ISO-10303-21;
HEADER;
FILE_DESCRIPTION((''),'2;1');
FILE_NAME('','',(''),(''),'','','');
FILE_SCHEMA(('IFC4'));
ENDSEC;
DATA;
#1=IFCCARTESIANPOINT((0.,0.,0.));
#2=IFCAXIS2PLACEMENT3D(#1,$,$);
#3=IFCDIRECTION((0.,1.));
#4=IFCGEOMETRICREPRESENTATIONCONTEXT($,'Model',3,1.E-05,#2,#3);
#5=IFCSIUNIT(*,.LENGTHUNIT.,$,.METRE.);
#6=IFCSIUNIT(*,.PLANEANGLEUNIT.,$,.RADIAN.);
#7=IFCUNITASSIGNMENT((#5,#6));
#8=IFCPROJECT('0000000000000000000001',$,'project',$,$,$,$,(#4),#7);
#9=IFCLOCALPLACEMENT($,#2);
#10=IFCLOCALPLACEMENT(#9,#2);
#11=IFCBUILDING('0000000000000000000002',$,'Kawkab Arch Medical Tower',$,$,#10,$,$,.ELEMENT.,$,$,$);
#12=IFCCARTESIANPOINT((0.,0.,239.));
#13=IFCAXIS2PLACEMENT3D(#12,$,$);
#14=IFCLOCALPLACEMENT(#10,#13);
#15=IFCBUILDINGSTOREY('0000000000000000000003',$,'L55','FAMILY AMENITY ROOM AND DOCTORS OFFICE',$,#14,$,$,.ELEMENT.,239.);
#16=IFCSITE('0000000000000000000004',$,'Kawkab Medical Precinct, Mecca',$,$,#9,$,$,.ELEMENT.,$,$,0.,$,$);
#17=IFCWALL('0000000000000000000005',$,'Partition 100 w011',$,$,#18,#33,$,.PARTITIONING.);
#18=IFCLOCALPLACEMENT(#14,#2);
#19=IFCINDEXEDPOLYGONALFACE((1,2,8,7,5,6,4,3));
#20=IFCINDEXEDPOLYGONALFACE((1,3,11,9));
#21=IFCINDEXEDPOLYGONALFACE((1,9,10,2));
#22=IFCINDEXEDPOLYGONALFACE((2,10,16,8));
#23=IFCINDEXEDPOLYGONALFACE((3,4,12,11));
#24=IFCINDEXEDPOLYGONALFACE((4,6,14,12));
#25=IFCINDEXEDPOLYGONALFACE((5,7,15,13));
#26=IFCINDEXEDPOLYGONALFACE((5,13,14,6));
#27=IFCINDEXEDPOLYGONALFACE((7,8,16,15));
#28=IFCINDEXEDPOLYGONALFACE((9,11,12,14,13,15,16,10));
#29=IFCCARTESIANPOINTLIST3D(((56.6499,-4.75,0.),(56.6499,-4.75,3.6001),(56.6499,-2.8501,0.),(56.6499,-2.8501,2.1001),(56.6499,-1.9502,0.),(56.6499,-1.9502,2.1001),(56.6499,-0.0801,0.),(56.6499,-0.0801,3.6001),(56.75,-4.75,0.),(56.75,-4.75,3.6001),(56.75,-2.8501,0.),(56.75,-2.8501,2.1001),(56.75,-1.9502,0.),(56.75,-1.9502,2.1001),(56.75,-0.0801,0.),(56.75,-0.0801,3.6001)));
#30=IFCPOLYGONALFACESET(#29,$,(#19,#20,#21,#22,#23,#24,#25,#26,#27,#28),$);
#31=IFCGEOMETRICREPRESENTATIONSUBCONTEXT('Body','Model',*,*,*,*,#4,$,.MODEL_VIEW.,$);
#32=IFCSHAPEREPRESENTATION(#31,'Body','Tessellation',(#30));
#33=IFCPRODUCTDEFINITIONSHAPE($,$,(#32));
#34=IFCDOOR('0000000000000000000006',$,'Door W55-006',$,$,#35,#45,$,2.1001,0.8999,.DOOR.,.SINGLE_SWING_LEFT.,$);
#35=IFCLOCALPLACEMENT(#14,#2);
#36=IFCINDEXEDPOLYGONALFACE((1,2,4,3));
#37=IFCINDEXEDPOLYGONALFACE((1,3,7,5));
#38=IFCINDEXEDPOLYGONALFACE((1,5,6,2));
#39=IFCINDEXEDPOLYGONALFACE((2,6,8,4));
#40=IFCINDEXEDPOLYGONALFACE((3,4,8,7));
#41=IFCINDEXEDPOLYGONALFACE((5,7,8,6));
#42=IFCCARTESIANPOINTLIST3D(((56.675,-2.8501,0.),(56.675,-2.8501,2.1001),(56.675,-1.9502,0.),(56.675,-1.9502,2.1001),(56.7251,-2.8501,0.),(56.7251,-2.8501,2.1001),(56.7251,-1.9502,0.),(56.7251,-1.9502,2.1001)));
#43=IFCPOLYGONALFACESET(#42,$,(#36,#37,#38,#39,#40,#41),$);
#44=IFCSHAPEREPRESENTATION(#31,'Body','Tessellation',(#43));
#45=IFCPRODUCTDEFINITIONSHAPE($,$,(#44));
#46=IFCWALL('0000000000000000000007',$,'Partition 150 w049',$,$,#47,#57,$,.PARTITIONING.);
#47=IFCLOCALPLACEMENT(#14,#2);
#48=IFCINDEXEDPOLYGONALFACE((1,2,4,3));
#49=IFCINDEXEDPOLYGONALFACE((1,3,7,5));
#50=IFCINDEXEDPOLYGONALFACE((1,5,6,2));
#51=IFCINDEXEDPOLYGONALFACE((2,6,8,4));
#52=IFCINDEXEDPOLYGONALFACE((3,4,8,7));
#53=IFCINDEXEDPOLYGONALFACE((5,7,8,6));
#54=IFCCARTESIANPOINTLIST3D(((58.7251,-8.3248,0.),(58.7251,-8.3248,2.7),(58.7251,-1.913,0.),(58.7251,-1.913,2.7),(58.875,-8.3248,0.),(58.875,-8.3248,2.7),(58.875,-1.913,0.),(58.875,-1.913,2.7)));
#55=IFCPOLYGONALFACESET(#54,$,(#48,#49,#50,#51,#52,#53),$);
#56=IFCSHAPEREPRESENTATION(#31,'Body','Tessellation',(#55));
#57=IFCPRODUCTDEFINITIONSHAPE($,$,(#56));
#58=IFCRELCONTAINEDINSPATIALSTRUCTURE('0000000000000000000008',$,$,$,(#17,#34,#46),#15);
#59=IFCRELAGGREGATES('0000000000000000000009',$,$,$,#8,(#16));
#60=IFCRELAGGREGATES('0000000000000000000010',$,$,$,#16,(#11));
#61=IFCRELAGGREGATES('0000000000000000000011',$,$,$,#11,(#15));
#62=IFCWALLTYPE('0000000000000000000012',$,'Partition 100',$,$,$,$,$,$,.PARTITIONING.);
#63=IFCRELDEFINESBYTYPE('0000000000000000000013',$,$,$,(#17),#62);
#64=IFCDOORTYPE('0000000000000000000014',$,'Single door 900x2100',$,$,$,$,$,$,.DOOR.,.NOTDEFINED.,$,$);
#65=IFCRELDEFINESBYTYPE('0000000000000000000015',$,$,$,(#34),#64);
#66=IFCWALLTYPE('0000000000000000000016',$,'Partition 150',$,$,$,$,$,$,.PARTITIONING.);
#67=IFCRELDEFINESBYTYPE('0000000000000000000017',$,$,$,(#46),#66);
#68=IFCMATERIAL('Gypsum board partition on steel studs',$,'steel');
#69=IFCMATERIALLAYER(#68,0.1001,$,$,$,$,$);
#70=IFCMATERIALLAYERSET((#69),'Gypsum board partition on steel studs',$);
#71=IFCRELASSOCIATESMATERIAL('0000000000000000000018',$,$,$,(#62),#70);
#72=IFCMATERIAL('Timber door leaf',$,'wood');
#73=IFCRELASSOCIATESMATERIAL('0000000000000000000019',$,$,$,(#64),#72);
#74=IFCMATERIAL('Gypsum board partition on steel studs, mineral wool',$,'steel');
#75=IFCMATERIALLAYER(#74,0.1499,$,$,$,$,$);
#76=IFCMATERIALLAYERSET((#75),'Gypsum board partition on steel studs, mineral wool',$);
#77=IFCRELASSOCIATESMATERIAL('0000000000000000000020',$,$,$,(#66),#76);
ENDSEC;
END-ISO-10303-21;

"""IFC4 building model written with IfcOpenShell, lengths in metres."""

from ifc_helpers import new_model, si_unit, direction, frame, frame_2d, origin, place, context, subcontext, project, spatial, rectangle, extrude, material, layer, layer_set, type_object, element, fill, save


model = new_model("IFC4")

# Units and contexts
model_context = context("Model", 3, precision=1e-05, world=origin(), true_north=direction((0.0, 1.0)))
body_context = subcontext(model_context, "Body", "Model", "MODEL_VIEW")
ifc_project = project(units=[si_unit("LENGTHUNIT", "METRE"), si_unit("PLANEANGLEUNIT", "RADIAN")], contexts=[model_context])

# Site, building, storey
site_placement = place(None, origin())
site = spatial("IfcSite", under=ifc_project, at=site_placement, Name="Kawkab Medical Precinct, Mecca", CompositionType="ELEMENT", RefElevation=0.0)
building_placement = place(site_placement, origin())
building = spatial("IfcBuilding", under=site, at=building_placement, Name="Kawkab Arch Medical Tower", CompositionType="ELEMENT")
storey_placement = place(building_placement, frame((0.0, 0.0, 239.0)))
storey = spatial("IfcBuildingStorey", under=building, at=storey_placement, Name="L55", Description="FAMILY AMENITY ROOM AND DOCTORS OFFICE", CompositionType="ELEMENT", Elevation=239.0)

# Wall, opening, door
ifc_material_1 = material(Name="Gypsum board partition on steel studs", Category="steel")
ifc_layer_1 = layer(ifc_material_1, 0.1001)
ifc_layer_set_1 = layer_set([ifc_layer_1], Name="Gypsum board partition on steel studs")
wall_type_1 = type_object("IfcWallType", Name="Partition 100", PredefinedType="PARTITIONING", material=ifc_layer_set_1)
wall_1_placement = place(storey_placement, frame((56.7, -4.75, 0.0), z_axis=(0.0, 0.0, 1.0), x_axis=(0.0, 1.0, 0.0)))
wall_1 = element("IfcWall", 1, at=wall_1_placement, inside=storey, type_object=wall_type_1, Name="Partition 100 w011", PredefinedType="PARTITIONING", context=body_context, shape_type="SweptSolid", body=[
    extrude(rectangle(XDim=4.6699, YDim=0.1001, at=frame_2d((2.335, 0.0))), origin(), (0.0, 0.0, 1.0), 3.6001),
])
opening_placement = place(wall_1_placement, frame((1.8999, 0.0, 0.0)))
opening = element("IfcOpeningElement", 2, at=opening_placement, cuts=wall_1, PredefinedType="OPENING", context=body_context, shape_type="SweptSolid", body=[
    extrude(rectangle(XDim=0.8999, YDim=2.1001, at=frame_2d((0.45, 1.05))), frame((0.0, 0.0601, 0.0), z_axis=(0.0, -1.0, 0.0), x_axis=(1.0, 0.0, 0.0)), (0.0, 0.0, 1.0), 0.1201),
])
ifc_material_2 = material(Name="Timber door leaf", Category="wood")
door_type = type_object("IfcDoorType", Name="Single door 900x2100", OperationType="NOTDEFINED", PredefinedType="DOOR", material=ifc_material_2)
door_placement = place(opening_placement, origin())
door = element("IfcDoor", 3, at=door_placement, inside=storey, type_object=door_type, Name="Door W55-006", OperationType="SINGLE_SWING_LEFT", OverallHeight=2.1001, OverallWidth=0.8999, PredefinedType="DOOR", context=body_context, shape_type="SweptSolid", body=[
    extrude(rectangle(XDim=0.8999, YDim=2.1001, at=frame_2d((0.45, 1.05))), frame((0.0, 0.0249, 0.0), z_axis=(0.0, -1.0, 0.0), x_axis=(1.0, 0.0, 0.0)), (0.0, 0.0, 1.0), 0.05),
])
fill(opening, door)

# Wall
ifc_material_3 = material(Name="Gypsum board partition on steel studs, mineral wool", Category="steel")
ifc_layer_2 = layer(ifc_material_3, 0.1499)
ifc_layer_set_2 = layer_set([ifc_layer_2], Name="Gypsum board partition on steel studs, mineral wool")
wall_type_2 = type_object("IfcWallType", Name="Partition 150", PredefinedType="PARTITIONING", material=ifc_layer_set_2)
wall_2_placement = place(storey_placement, frame((58.8, -8.325, 0.0), z_axis=(0.0, 0.0, 1.0), x_axis=(0.0, 1.0, 0.0)))
element("IfcWall", 4, at=wall_2_placement, inside=storey, type_object=wall_type_2, Name="Partition 150 w049", PredefinedType="PARTITIONING", context=body_context, shape_type="SweptSolid", body=[
    extrude(rectangle(XDim=6.4119, YDim=0.1499, at=frame_2d((3.2061, 0.0))), origin(), (0.0, 0.0, 1.0), 2.7),
])

save(model, "model.ifc")
